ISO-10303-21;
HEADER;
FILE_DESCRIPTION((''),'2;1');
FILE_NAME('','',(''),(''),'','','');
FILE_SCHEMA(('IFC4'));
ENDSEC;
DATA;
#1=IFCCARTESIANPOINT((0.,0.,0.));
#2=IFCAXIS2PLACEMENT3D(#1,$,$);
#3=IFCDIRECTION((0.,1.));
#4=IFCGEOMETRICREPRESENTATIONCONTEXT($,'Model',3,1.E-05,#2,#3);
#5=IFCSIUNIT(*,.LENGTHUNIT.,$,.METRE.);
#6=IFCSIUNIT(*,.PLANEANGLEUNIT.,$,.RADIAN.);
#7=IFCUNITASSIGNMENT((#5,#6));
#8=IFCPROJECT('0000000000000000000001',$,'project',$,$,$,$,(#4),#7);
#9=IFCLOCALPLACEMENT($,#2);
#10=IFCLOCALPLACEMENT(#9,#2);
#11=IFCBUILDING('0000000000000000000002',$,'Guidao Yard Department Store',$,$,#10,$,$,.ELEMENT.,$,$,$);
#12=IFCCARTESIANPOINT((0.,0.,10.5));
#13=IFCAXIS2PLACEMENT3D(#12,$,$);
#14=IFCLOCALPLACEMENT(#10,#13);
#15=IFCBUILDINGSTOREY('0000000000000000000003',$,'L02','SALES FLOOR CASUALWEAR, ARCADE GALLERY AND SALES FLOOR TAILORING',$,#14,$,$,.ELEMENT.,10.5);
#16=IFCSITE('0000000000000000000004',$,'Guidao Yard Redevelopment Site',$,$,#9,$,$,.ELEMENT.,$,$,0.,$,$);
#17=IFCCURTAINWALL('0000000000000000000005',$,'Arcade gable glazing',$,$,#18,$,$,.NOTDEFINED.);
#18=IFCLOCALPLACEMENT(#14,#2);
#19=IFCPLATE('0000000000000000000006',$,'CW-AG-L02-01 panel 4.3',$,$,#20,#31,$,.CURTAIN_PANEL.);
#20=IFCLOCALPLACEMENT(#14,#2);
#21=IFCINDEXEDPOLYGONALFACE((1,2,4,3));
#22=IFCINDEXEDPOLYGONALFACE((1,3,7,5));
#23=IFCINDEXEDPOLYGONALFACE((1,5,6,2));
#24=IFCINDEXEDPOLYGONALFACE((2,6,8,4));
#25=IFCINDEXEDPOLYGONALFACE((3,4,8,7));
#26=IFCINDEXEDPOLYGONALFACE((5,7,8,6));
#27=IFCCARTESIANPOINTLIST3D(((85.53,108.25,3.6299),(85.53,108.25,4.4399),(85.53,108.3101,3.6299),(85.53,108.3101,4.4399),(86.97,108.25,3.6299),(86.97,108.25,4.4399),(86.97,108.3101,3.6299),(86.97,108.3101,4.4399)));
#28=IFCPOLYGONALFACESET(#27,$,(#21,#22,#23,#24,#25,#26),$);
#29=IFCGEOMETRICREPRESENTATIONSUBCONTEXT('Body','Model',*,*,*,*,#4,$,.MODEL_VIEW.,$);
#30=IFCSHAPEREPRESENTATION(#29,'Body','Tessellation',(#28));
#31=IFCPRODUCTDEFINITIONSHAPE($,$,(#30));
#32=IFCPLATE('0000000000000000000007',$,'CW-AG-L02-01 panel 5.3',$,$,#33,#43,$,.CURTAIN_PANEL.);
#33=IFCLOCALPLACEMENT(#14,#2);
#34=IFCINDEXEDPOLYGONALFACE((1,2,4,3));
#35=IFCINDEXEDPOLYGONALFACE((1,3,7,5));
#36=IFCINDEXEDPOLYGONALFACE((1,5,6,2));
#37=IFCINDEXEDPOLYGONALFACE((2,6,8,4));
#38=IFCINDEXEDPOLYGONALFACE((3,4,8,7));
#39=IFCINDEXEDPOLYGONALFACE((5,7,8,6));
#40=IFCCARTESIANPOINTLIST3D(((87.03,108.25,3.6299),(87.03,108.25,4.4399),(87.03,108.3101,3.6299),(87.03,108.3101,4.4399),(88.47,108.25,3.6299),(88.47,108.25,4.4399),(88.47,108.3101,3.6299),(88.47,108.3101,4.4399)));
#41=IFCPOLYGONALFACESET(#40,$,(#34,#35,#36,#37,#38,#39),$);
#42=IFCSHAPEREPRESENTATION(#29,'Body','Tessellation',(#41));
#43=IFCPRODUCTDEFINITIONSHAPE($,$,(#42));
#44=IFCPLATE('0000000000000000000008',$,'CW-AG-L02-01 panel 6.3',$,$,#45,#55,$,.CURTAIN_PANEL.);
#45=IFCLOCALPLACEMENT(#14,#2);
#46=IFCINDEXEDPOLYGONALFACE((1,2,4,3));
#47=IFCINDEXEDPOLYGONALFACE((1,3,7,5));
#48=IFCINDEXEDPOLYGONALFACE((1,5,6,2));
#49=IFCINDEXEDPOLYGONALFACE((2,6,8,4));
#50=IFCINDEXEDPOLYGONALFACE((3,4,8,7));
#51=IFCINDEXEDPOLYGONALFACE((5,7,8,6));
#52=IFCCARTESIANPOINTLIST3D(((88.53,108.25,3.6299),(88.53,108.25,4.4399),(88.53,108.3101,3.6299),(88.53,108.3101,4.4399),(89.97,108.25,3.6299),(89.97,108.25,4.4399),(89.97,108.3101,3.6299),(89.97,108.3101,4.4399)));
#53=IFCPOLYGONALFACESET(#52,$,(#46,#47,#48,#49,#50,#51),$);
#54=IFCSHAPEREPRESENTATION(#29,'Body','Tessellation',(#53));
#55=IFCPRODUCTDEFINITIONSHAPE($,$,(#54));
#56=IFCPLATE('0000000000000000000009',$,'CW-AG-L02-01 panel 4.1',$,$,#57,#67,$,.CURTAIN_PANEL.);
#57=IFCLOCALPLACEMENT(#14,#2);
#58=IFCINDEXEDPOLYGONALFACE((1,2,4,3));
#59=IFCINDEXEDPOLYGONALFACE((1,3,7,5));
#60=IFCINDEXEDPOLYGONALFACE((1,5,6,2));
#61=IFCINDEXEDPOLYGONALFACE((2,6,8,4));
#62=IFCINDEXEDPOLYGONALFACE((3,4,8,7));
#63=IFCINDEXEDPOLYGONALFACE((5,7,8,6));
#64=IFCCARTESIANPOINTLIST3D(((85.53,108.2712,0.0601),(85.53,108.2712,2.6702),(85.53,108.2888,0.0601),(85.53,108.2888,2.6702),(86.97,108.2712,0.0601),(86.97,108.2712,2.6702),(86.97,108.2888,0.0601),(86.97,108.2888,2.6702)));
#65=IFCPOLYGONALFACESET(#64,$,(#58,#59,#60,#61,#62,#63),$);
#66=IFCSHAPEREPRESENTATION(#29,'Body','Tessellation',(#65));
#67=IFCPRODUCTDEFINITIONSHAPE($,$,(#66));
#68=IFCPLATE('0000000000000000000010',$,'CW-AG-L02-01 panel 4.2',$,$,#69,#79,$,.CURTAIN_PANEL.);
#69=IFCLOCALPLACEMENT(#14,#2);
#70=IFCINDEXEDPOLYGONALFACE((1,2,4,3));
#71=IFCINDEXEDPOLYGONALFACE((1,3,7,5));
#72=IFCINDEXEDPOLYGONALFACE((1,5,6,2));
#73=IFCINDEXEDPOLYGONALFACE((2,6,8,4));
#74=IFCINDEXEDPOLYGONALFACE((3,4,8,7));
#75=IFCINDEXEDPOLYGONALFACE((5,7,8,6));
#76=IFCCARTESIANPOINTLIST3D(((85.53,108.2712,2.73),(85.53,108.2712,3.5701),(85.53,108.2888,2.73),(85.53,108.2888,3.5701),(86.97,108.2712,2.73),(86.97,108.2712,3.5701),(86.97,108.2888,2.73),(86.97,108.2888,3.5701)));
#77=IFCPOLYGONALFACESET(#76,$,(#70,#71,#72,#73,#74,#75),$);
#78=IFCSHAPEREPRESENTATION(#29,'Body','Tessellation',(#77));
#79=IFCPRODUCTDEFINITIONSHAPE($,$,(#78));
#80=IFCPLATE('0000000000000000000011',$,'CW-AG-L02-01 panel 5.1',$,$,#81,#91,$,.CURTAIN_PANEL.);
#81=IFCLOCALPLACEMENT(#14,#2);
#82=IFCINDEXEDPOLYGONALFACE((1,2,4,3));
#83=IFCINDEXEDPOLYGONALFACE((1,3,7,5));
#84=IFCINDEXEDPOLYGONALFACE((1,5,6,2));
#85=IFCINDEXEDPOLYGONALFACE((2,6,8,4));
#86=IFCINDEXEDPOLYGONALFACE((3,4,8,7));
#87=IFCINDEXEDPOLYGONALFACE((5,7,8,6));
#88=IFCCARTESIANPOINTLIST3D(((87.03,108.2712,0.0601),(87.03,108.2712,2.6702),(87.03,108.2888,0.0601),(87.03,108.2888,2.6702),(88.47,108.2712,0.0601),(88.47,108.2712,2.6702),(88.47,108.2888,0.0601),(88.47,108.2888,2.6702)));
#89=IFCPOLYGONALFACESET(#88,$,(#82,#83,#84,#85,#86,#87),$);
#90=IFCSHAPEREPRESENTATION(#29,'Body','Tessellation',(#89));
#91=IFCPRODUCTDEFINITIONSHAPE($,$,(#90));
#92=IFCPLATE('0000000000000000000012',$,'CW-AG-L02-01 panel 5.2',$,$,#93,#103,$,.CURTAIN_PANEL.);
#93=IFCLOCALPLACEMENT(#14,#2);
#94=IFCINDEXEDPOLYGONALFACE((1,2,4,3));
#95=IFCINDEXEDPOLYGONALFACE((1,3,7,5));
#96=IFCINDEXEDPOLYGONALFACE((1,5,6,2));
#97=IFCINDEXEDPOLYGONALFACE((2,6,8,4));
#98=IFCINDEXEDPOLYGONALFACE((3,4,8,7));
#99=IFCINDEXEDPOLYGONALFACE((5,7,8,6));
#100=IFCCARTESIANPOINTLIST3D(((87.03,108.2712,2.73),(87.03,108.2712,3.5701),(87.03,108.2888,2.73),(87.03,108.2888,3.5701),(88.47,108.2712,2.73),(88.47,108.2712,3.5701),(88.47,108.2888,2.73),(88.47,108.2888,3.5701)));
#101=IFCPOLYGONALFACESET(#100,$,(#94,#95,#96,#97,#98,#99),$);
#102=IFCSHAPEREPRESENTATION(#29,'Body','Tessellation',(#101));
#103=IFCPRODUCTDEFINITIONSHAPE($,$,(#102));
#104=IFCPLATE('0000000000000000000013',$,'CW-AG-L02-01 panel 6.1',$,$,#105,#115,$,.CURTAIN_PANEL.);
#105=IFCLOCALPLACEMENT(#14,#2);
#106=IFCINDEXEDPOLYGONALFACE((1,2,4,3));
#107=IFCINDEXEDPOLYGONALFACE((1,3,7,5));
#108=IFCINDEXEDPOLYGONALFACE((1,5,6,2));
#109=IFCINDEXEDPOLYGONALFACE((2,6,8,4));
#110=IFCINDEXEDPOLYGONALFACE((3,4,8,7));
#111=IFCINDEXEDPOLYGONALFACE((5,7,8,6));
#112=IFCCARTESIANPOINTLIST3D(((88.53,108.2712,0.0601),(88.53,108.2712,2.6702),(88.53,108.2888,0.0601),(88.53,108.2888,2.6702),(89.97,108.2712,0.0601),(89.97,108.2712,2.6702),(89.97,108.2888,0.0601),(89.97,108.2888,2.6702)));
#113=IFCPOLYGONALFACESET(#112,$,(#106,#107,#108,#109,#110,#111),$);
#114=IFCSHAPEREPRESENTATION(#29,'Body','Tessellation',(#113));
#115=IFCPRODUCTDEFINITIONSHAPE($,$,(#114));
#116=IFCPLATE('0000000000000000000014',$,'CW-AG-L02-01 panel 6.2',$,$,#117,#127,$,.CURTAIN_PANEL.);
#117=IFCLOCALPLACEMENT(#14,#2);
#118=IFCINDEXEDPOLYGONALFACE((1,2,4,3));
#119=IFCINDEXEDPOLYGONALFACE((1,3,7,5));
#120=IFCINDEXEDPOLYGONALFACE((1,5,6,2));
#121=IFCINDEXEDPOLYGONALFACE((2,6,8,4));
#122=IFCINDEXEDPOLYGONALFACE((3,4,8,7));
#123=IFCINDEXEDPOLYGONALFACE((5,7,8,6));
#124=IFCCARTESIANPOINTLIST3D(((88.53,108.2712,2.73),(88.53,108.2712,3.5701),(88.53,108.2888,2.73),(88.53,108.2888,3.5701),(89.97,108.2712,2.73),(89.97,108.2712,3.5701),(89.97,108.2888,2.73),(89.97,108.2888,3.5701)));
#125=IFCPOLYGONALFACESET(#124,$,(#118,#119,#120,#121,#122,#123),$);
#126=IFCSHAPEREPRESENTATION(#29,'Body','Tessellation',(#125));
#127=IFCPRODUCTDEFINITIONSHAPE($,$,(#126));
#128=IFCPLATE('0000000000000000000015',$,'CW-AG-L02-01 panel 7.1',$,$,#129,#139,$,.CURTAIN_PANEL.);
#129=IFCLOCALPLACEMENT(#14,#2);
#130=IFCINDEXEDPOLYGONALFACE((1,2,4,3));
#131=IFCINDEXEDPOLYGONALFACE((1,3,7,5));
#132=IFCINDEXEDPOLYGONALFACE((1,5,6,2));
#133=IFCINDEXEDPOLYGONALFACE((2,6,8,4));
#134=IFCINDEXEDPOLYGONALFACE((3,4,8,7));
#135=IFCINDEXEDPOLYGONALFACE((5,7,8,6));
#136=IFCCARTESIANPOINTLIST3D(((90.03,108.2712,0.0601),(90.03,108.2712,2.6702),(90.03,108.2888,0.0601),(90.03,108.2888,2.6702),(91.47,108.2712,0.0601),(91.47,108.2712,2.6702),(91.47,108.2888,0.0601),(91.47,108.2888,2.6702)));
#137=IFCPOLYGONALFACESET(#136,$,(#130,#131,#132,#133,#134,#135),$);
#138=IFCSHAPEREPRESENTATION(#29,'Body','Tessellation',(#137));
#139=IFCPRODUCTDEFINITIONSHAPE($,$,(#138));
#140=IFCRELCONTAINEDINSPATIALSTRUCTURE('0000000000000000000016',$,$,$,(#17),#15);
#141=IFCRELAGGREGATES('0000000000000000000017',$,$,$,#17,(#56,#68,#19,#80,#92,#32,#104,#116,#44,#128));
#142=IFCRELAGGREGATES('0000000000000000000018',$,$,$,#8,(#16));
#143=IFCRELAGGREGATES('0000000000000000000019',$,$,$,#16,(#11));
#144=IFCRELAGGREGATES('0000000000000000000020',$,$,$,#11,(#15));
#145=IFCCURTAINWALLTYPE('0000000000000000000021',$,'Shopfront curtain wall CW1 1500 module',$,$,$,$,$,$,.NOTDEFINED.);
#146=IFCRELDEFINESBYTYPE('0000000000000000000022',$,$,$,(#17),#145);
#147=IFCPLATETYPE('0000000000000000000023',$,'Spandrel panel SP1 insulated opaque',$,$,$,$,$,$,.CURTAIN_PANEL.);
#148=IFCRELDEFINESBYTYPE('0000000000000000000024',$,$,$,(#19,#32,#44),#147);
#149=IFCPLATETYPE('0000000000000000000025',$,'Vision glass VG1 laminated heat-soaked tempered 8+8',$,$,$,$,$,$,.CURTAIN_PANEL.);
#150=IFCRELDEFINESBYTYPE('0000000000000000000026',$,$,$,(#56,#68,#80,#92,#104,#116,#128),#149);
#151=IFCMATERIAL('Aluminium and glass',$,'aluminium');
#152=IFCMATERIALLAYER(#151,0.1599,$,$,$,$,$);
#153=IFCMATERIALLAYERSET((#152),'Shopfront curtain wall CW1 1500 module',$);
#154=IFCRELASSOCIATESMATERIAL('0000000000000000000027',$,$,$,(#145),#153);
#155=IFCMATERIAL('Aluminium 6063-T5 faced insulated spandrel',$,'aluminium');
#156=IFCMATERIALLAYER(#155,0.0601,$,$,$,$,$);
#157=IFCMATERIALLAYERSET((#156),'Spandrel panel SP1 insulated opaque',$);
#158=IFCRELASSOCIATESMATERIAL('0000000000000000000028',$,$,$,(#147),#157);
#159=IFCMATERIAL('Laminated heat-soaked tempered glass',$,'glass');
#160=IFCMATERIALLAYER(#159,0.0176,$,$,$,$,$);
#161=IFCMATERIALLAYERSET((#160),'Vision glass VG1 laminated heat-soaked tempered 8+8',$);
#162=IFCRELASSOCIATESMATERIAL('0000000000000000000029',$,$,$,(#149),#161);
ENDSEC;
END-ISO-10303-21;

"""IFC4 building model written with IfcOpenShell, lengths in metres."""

from ifc_helpers import new_model, si_unit, direction, frame, origin, origin_2d, place, context, subcontext, project, spatial, rectangle, extrude, material, layer, layer_set, type_object, element, aggregate, save


model = new_model("IFC4")

# Units and contexts
model_context = context("Model", 3, precision=1e-05, world=origin(), true_north=direction((0.0, 1.0)))
body_context = subcontext(model_context, "Body", "Model", "MODEL_VIEW")
ifc_project = project(units=[si_unit("LENGTHUNIT", "METRE"), si_unit("PLANEANGLEUNIT", "RADIAN")], contexts=[model_context])

# Site, building, storey
site_placement = place(None, origin())
site = spatial("IfcSite", under=ifc_project, at=site_placement, Name="Guidao Yard Redevelopment Site", CompositionType="ELEMENT", RefElevation=0.0)
building_placement = place(site_placement, origin())
building = spatial("IfcBuilding", under=site, at=building_placement, Name="Guidao Yard Department Store", CompositionType="ELEMENT")
storey_placement = place(building_placement, frame((0.0, 0.0, 10.5)))
storey = spatial("IfcBuildingStorey", under=building, at=storey_placement, Name="L02", Description="SALES FLOOR CASUALWEAR, ARCADE GALLERY AND SALES FLOOR TAILORING", CompositionType="ELEMENT", Elevation=10.5)

# Curtain wall, plates
ifc_material_1 = material(Name="Aluminium and glass", Category="aluminium")
ifc_layer_1 = layer(ifc_material_1, 0.1599)
ifc_layer_set_1 = layer_set([ifc_layer_1], Name="Shopfront curtain wall CW1 1500 module")
curtain_wall_type = type_object("IfcCurtainWallType", Name="Shopfront curtain wall CW1 1500 module", PredefinedType="NOTDEFINED", material=ifc_layer_set_1)
curtain_wall_placement = place(storey_placement, origin())
curtain_wall = element("IfcCurtainWall", 1, at=curtain_wall_placement, inside=storey, type_object=curtain_wall_type, Name="Arcade gable glazing", PredefinedType="NOTDEFINED")
ifc_material_2 = material(Name="Aluminium 6063-T5 faced insulated spandrel", Category="aluminium")
ifc_layer_2 = layer(ifc_material_2, 0.0601)
ifc_layer_set_2 = layer_set([ifc_layer_2], Name="Spandrel panel SP1 insulated opaque")
plate_type_1 = type_object("IfcPlateType", Name="Spandrel panel SP1 insulated opaque", PredefinedType="CURTAIN_PANEL", material=ifc_layer_set_2)
plate_1_placement = place(storey_placement, frame((86.25, 108.28, 3.6299), z_axis=(0.0, 0.0, 1.0), x_axis=(1.0, 0.0, 0.0)))
plate_1 = element("IfcPlate", 2, at=plate_1_placement, type_object=plate_type_1, Name="CW-AG-L02-01 panel 4.3", PredefinedType="CURTAIN_PANEL", context=body_context, shape_type="SweptSolid", body=[
    extrude(rectangle(XDim=1.4399, YDim=0.0601, at=origin_2d()), origin(), (0.0, 0.0, 1.0), 0.8101),
])
plate_2_placement = place(storey_placement, frame((87.75, 108.28, 3.6299), z_axis=(0.0, 0.0, 1.0), x_axis=(1.0, 0.0, 0.0)))
plate_2 = element("IfcPlate", 3, at=plate_2_placement, type_object=plate_type_1, Name="CW-AG-L02-01 panel 5.3", PredefinedType="CURTAIN_PANEL", context=body_context, shape_type="SweptSolid", body=[
    extrude(rectangle(XDim=1.4399, YDim=0.0601, at=origin_2d()), origin(), (0.0, 0.0, 1.0), 0.8101),
])
plate_3_placement = place(storey_placement, frame((89.25, 108.28, 3.6299), z_axis=(0.0, 0.0, 1.0), x_axis=(1.0, 0.0, 0.0)))
plate_3 = element("IfcPlate", 4, at=plate_3_placement, type_object=plate_type_1, Name="CW-AG-L02-01 panel 6.3", PredefinedType="CURTAIN_PANEL", context=body_context, shape_type="SweptSolid", body=[
    extrude(rectangle(XDim=1.4399, YDim=0.0601, at=origin_2d()), origin(), (0.0, 0.0, 1.0), 0.8101),
])
ifc_material_3 = material(Name="Laminated heat-soaked tempered glass", Category="glass")
ifc_layer_3 = layer(ifc_material_3, 0.0176)
ifc_layer_set_3 = layer_set([ifc_layer_3], Name="Vision glass VG1 laminated heat-soaked tempered 8+8")
plate_type_2 = type_object("IfcPlateType", Name="Vision glass VG1 laminated heat-soaked tempered 8+8", PredefinedType="CURTAIN_PANEL", material=ifc_layer_set_3)
plate_4_placement = place(storey_placement, frame((86.25, 108.28, 0.0601), z_axis=(0.0, 0.0, 1.0), x_axis=(1.0, 0.0, 0.0)))
plate_4 = element("IfcPlate", 5, at=plate_4_placement, type_object=plate_type_2, Name="CW-AG-L02-01 panel 4.1", PredefinedType="CURTAIN_PANEL", context=body_context, shape_type="SweptSolid", body=[
    extrude(rectangle(XDim=1.4399, YDim=0.0176, at=origin_2d()), origin(), (0.0, 0.0, 1.0), 2.6101),
])
plate_5_placement = place(storey_placement, frame((86.25, 108.28, 2.73), z_axis=(0.0, 0.0, 1.0), x_axis=(1.0, 0.0, 0.0)))
plate_5 = element("IfcPlate", 6, at=plate_5_placement, type_object=plate_type_2, Name="CW-AG-L02-01 panel 4.2", PredefinedType="CURTAIN_PANEL", context=body_context, shape_type="SweptSolid", body=[
    extrude(rectangle(XDim=1.4399, YDim=0.0176, at=origin_2d()), origin(), (0.0, 0.0, 1.0), 0.8401),
])
plate_6_placement = place(storey_placement, frame((87.75, 108.28, 0.0601), z_axis=(0.0, 0.0, 1.0), x_axis=(1.0, 0.0, 0.0)))
plate_6 = element("IfcPlate", 7, at=plate_6_placement, type_object=plate_type_2, Name="CW-AG-L02-01 panel 5.1", PredefinedType="CURTAIN_PANEL", context=body_context, shape_type="SweptSolid", body=[
    extrude(rectangle(XDim=1.4399, YDim=0.0176, at=origin_2d()), origin(), (0.0, 0.0, 1.0), 2.6101),
])
plate_7_placement = place(storey_placement, frame((87.75, 108.28, 2.73), z_axis=(0.0, 0.0, 1.0), x_axis=(1.0, 0.0, 0.0)))
plate_7 = element("IfcPlate", 8, at=plate_7_placement, type_object=plate_type_2, Name="CW-AG-L02-01 panel 5.2", PredefinedType="CURTAIN_PANEL", context=body_context, shape_type="SweptSolid", body=[
    extrude(rectangle(XDim=1.4399, YDim=0.0176, at=origin_2d()), origin(), (0.0, 0.0, 1.0), 0.8401),
])
plate_8_placement = place(storey_placement, frame((89.25, 108.28, 0.0601), z_axis=(0.0, 0.0, 1.0), x_axis=(1.0, 0.0, 0.0)))
plate_8 = element("IfcPlate", 9, at=plate_8_placement, type_object=plate_type_2, Name="CW-AG-L02-01 panel 6.1", PredefinedType="CURTAIN_PANEL", context=body_context, shape_type="SweptSolid", body=[
    extrude(rectangle(XDim=1.4399, YDim=0.0176, at=origin_2d()), origin(), (0.0, 0.0, 1.0), 2.6101),
])
plate_9_placement = place(storey_placement, frame((89.25, 108.28, 2.73), z_axis=(0.0, 0.0, 1.0), x_axis=(1.0, 0.0, 0.0)))
plate_9 = element("IfcPlate", 10, at=plate_9_placement, type_object=plate_type_2, Name="CW-AG-L02-01 panel 6.2", PredefinedType="CURTAIN_PANEL", context=body_context, shape_type="SweptSolid", body=[
    extrude(rectangle(XDim=1.4399, YDim=0.0176, at=origin_2d()), origin(), (0.0, 0.0, 1.0), 0.8401),
])
plate_10_placement = place(storey_placement, frame((90.75, 108.28, 0.0601), z_axis=(0.0, 0.0, 1.0), x_axis=(1.0, 0.0, 0.0)))
plate_10 = element("IfcPlate", 11, at=plate_10_placement, type_object=plate_type_2, Name="CW-AG-L02-01 panel 7.1", PredefinedType="CURTAIN_PANEL", context=body_context, shape_type="SweptSolid", body=[
    extrude(rectangle(XDim=1.4399, YDim=0.0176, at=origin_2d()), origin(), (0.0, 0.0, 1.0), 2.6101),
])
aggregate(curtain_wall, [plate_4, plate_5, plate_1, plate_6, plate_7, plate_2, plate_8, plate_9, plate_3, plate_10])

save(model, "model.ifc")
